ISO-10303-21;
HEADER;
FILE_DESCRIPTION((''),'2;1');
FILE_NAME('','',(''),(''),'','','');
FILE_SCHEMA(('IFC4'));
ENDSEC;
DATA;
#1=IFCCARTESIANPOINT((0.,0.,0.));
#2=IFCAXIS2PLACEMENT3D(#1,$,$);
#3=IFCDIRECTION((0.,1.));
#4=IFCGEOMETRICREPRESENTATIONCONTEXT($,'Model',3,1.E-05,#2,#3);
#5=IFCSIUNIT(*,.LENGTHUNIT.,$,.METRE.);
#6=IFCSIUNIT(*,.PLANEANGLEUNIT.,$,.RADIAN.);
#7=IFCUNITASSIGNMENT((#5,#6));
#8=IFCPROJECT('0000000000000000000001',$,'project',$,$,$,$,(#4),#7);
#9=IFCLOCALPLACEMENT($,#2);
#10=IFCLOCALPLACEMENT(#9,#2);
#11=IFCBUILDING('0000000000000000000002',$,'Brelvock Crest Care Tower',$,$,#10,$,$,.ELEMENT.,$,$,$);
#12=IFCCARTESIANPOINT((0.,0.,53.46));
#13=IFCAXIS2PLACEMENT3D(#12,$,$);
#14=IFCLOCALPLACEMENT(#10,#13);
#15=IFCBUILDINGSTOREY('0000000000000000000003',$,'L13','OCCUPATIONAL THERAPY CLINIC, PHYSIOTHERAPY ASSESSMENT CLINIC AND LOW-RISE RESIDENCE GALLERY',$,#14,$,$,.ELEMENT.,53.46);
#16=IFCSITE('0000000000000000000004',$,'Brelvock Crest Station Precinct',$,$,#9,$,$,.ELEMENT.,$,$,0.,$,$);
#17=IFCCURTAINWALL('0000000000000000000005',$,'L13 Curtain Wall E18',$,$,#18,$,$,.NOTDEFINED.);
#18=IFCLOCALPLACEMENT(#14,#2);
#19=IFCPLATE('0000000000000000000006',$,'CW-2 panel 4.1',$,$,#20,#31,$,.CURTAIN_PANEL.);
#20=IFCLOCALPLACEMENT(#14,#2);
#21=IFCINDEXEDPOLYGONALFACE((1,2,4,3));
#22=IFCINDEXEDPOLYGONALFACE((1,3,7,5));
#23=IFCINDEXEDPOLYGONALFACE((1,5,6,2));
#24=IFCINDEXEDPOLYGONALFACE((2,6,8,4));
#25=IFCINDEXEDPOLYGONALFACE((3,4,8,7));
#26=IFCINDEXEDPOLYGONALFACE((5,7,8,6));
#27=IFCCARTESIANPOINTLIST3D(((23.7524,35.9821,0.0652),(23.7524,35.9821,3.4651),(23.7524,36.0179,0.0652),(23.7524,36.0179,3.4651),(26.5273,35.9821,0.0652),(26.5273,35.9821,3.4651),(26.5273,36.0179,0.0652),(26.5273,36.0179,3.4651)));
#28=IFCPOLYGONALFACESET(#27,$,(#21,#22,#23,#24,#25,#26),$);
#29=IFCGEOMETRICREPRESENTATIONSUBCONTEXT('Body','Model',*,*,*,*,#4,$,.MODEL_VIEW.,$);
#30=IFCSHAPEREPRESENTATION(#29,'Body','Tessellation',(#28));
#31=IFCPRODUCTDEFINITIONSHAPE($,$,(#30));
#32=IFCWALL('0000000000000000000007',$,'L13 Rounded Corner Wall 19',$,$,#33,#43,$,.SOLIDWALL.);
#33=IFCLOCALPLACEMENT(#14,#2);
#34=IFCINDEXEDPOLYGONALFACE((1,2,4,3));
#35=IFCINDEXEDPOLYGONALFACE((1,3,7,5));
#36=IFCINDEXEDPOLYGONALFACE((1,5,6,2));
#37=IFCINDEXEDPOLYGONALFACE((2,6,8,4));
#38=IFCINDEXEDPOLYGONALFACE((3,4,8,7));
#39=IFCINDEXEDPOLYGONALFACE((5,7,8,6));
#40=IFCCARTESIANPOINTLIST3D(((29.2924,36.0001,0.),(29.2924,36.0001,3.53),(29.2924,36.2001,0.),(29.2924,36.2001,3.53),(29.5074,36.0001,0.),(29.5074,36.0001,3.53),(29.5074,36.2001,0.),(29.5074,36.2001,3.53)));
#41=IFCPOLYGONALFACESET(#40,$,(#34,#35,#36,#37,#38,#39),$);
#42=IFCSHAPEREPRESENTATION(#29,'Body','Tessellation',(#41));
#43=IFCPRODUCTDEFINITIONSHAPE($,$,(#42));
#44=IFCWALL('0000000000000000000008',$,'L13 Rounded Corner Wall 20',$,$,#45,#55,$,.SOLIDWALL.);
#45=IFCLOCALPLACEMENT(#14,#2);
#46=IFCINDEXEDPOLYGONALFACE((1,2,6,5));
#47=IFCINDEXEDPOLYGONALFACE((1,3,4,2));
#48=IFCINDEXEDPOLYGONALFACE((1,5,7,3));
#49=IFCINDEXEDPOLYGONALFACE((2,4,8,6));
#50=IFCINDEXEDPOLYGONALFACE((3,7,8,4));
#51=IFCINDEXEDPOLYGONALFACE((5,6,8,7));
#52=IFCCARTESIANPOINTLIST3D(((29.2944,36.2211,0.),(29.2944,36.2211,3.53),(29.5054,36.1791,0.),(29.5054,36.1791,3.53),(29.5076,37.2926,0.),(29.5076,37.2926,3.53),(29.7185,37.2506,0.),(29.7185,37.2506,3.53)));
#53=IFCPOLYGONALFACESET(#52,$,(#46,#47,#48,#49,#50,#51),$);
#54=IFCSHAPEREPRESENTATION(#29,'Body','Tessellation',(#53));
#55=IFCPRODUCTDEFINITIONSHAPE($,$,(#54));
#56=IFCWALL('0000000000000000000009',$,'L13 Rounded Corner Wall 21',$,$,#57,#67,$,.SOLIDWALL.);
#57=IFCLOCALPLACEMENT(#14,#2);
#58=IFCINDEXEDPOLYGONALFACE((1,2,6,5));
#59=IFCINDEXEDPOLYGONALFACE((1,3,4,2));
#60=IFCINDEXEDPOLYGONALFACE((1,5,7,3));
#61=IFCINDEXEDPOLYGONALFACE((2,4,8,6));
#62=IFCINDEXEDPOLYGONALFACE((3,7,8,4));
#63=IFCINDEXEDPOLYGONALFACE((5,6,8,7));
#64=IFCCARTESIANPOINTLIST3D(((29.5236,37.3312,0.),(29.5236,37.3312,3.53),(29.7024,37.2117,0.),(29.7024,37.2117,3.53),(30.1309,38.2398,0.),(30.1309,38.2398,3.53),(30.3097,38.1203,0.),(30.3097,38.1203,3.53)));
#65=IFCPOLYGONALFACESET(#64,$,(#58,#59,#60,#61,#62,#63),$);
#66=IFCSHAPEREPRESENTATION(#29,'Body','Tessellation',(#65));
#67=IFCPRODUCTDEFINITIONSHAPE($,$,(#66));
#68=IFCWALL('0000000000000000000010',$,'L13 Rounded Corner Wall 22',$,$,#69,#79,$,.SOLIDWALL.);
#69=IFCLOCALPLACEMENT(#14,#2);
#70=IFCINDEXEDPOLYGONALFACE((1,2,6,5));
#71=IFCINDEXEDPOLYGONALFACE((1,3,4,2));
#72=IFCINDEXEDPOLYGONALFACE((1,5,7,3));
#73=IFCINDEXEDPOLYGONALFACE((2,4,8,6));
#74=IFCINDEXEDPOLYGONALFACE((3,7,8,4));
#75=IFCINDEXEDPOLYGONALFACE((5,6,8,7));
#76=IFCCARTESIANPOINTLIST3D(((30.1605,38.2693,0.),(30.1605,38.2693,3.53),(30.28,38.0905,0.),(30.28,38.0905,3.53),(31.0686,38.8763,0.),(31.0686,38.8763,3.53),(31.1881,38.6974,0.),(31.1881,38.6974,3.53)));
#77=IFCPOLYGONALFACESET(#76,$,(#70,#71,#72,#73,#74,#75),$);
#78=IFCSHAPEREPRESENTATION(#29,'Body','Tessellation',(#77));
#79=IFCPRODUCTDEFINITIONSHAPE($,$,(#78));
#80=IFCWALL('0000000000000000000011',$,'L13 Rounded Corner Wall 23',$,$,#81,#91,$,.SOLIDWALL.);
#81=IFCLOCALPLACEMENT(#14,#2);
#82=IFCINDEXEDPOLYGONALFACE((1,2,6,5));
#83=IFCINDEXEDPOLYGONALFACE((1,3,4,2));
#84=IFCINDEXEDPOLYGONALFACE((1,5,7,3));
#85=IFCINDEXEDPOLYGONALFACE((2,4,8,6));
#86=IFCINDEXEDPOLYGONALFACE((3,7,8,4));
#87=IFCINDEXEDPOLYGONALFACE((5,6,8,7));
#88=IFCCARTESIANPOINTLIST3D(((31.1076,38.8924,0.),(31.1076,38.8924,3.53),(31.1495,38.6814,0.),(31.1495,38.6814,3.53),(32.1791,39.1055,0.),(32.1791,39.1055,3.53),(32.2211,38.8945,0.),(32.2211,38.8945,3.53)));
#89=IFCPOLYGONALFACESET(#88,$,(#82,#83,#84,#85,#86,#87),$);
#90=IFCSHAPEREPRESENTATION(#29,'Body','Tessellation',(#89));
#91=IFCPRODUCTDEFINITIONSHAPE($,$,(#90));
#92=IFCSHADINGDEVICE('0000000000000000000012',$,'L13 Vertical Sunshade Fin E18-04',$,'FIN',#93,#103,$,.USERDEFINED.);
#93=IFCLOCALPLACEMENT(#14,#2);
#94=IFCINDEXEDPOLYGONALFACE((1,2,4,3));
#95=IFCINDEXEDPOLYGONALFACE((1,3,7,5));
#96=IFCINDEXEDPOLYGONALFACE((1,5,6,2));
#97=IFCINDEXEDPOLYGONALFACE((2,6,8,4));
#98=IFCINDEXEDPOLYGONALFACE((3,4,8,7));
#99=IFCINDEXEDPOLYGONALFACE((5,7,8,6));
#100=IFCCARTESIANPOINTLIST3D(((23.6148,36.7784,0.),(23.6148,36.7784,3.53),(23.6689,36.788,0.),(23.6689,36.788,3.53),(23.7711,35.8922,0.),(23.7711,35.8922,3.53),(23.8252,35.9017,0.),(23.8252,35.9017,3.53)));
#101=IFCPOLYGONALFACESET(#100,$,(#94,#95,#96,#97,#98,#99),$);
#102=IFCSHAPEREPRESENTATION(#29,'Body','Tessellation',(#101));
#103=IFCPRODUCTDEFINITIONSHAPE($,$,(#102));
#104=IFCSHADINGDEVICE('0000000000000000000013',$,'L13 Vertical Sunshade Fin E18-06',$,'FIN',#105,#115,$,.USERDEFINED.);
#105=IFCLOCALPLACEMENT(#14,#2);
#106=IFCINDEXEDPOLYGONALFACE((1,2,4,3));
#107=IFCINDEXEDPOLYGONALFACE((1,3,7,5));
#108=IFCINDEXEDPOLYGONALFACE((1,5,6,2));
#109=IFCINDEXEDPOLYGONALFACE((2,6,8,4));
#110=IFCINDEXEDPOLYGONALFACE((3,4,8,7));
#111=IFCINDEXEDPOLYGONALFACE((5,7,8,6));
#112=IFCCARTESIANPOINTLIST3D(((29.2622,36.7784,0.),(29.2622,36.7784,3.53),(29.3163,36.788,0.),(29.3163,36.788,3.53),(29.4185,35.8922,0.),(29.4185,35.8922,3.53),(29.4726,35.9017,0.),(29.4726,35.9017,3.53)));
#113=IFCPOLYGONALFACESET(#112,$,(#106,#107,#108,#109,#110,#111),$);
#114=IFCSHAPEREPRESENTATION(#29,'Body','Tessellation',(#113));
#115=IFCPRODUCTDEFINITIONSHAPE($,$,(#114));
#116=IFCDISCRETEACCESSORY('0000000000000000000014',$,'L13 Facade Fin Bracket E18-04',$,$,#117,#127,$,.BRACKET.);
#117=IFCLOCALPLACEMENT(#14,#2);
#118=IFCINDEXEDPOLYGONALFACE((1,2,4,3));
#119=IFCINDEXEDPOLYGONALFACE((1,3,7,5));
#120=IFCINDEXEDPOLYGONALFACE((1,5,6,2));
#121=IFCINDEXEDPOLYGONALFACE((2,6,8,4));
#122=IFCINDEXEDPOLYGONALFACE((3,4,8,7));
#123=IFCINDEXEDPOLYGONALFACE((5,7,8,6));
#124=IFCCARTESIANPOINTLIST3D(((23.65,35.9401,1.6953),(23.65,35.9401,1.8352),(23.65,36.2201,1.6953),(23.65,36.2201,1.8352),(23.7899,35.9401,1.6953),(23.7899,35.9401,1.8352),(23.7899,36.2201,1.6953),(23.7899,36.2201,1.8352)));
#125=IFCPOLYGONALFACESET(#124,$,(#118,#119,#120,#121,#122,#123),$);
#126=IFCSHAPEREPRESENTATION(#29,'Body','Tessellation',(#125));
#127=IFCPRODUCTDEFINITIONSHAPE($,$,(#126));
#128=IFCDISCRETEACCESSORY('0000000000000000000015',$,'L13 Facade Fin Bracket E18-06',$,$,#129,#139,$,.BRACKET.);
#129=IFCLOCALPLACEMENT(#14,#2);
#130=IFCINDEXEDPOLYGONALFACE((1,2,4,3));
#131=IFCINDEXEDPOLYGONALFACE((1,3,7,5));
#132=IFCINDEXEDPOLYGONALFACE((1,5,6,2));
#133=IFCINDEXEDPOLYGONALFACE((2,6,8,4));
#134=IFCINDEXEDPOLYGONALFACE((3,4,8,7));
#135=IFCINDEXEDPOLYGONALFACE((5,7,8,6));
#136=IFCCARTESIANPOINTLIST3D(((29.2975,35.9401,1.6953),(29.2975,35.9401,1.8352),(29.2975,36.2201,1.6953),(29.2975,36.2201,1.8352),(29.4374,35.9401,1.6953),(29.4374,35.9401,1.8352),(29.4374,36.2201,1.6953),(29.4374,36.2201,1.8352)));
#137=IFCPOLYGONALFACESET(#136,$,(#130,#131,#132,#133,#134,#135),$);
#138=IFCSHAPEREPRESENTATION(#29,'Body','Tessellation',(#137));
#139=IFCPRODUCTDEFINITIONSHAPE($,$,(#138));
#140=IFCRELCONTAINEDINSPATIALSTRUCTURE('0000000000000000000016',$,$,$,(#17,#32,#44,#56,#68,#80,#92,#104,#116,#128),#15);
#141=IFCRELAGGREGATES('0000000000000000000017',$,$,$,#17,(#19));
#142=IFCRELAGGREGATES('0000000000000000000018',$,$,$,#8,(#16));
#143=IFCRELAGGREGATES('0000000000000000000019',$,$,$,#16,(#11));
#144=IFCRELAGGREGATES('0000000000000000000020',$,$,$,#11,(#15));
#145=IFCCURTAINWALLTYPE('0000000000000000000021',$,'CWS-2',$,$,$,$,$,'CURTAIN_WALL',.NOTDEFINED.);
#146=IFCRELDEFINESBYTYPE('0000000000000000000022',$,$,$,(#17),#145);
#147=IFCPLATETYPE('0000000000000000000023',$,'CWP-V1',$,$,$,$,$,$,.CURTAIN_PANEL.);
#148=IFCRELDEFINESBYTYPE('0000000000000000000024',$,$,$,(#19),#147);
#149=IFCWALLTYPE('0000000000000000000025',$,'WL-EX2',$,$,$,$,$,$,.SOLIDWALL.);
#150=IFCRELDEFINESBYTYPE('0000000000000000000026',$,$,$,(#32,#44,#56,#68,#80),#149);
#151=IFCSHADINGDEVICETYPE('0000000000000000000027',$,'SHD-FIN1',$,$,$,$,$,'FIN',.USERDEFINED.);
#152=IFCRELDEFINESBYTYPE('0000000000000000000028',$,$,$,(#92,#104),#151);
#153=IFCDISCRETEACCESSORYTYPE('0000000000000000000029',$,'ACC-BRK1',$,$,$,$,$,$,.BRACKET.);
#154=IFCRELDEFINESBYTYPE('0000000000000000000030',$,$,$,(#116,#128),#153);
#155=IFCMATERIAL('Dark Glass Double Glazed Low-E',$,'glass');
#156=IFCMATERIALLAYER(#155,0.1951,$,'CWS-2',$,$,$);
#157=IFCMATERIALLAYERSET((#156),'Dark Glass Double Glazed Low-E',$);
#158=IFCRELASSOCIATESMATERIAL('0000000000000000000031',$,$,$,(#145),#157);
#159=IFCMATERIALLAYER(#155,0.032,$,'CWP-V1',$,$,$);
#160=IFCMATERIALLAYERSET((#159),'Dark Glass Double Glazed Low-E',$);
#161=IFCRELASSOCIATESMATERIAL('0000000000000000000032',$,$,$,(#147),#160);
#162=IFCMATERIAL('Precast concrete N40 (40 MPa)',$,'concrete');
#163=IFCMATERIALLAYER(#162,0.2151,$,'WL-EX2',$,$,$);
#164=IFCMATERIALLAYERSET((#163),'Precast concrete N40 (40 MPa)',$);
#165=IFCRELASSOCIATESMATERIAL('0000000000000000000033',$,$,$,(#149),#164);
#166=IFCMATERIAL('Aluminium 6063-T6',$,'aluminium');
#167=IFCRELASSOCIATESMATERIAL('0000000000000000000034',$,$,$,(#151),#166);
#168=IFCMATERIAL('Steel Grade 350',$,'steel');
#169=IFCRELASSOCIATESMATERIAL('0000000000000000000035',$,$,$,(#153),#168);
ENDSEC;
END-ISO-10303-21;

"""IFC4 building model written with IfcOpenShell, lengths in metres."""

from ifc_helpers import new_model, si_unit, direction, frame, frame_2d, origin, origin_2d, place, context, subcontext, project, spatial, rectangle, extrude, source, transform, mapped, material, layer, layer_set, material_profile, profile_set, type_object, element, aggregate, save


model = new_model("IFC4")

# Units and contexts
model_context = context("Model", 3, precision=1e-05, world=origin(), true_north=direction((0.0, 1.0)))
body_context = subcontext(model_context, "Body", "Model", "MODEL_VIEW")
ifc_project = project(units=[si_unit("LENGTHUNIT", "METRE"), si_unit("PLANEANGLEUNIT", "RADIAN")], contexts=[model_context])

# Site, building, storey
site_placement = place(None, origin())
site = spatial("IfcSite", under=ifc_project, at=site_placement, Name="Brelvock Crest Station Precinct", CompositionType="ELEMENT", RefElevation=0.0)
building_placement = place(site_placement, origin())
building = spatial("IfcBuilding", under=site, at=building_placement, Name="Brelvock Crest Care Tower", CompositionType="ELEMENT")
storey_placement = place(building_placement, frame((0.0, 0.0, 53.46)))
storey = spatial("IfcBuildingStorey", under=building, at=storey_placement, Name="L13", Description="OCCUPATIONAL THERAPY CLINIC, PHYSIOTHERAPY ASSESSMENT CLINIC AND LOW-RISE RESIDENCE GALLERY", CompositionType="ELEMENT", Elevation=53.46)

# Shared definitions
ifc_material_1 = material(Name="Steel Grade 350", Category="steel")

# Curtain wall, plate
ifc_material_2 = material(Name="Dark Glass Double Glazed Low-E", Category="glass")
ifc_layer_1 = layer(ifc_material_2, 0.1951, Name="CWS-2")
ifc_layer_set_1 = layer_set([ifc_layer_1], Name="Dark Glass Double Glazed Low-E")
curtain_wall_type = type_object("IfcCurtainWallType", Name="CWS-2", ElementType="CURTAIN_WALL", PredefinedType="NOTDEFINED", material=ifc_layer_set_1)
curtain_wall_placement = place(storey_placement, origin())
curtain_wall = element("IfcCurtainWall", 1, at=curtain_wall_placement, inside=storey, type_object=curtain_wall_type, Name="L13 Curtain Wall E18", PredefinedType="NOTDEFINED")
ifc_material_3 = material(Name="Aluminium 6063-T6", Category="aluminium")
ifc_layer_2 = layer(ifc_material_2, 0.032, Name="CWP-V1")
ifc_layer_set_2 = layer_set([ifc_layer_2], Name="Dark Glass Double Glazed Low-E")
plate_type = type_object("IfcPlateType", Name="CWP-V1", PredefinedType="CURTAIN_PANEL", material=ifc_layer_set_2)
shared_shape_1 = source(origin(), body_context, "Body", "SweptSolid", [
    extrude(rectangle(XDim=2.7749, YDim=0.0359, at=origin_2d()), origin(), (0.0, 0.0, 1.0), 3.3999),
])
plate_1_placement = place(storey_placement, frame((25.1399, 36.0, 0.0652), z_axis=(0.0, 0.0, 1.0), x_axis=(1.0, 0.0, 0.0)))
plate_1 = element("IfcPlate", 2, at=plate_1_placement, type_object=plate_type, Name="CW-2 panel 4.1", PredefinedType="CURTAIN_PANEL", context=body_context, shape_type="MappedRepresentation", body=[
    mapped(shared_shape_1, transform((0.0, 0.0, 0.0), x_axis=(1.0, 0.0, 0.0), y_axis=(0.0, 1.0, 0.0), z_axis=(0.0, 0.0, 1.0), scale=1.0)),
])
aggregate(curtain_wall, [plate_1])

# Walls
ifc_material_4 = material(Name="Precast concrete N40 (40 MPa)", Category="concrete")
ifc_layer_3 = layer(ifc_material_4, 0.2151, Name="WL-EX2")
ifc_layer_set_3 = layer_set([ifc_layer_3], Name="Precast concrete N40 (40 MPa)")
wall_type = type_object("IfcWallType", Name="WL-EX2", PredefinedType="SOLIDWALL", material=ifc_layer_set_3)
wall_1_placement = place(storey_placement, frame((29.3999, 36.0, 0.0), z_axis=(0.0, 0.0, 1.0), x_axis=(0.0, 1.0, 0.0)))
element("IfcWall", 3, at=wall_1_placement, inside=storey, type_object=wall_type, Name="L13 Rounded Corner Wall 19", PredefinedType="SOLIDWALL", context=body_context, shape_type="SweptSolid", body=[
    extrude(rectangle(XDim=0.2, YDim=0.2151, at=frame_2d((0.1001, 0.0))), origin(), (0.0, 0.0, 1.0), 3.53),
])
wall_2_placement = place(storey_placement, frame((29.3999, 36.2, 0.0), z_axis=(0.0, 0.0, 1.0), x_axis=(0.195085, 0.980786, 0.0)))
element("IfcWall", 4, at=wall_2_placement, inside=storey, type_object=wall_type, Name="L13 Rounded Corner Wall 20", PredefinedType="SOLIDWALL", context=body_context, shape_type="SweptSolid", body=[
    extrude(rectangle(XDim=1.0925, YDim=0.2151, at=frame_2d((0.5464, 0.0))), origin(), (0.0, 0.0, 1.0), 3.53),
])
wall_3_placement = place(storey_placement, frame((29.613, 37.2715, 0.0), z_axis=(0.0, 0.0, 1.0), x_axis=(0.555679, 0.831397, 0.0)))
element("IfcWall", 5, at=wall_3_placement, inside=storey, type_object=wall_type, Name="L13 Rounded Corner Wall 21", PredefinedType="SOLIDWALL", context=body_context, shape_type="SweptSolid", body=[
    extrude(rectangle(XDim=1.0928, YDim=0.2151, at=frame_2d((0.5464, 0.0))), origin(), (0.0, 0.0, 1.0), 3.53),
])
wall_4_placement = place(storey_placement, frame((30.2202, 38.1799, 0.0), z_axis=(0.0, 0.0, 1.0), x_axis=(0.831431, 0.555628, 0.0)))
element("IfcWall", 6, at=wall_4_placement, inside=storey, type_object=wall_type, Name="L13 Rounded Corner Wall 22", PredefinedType="SOLIDWALL", context=body_context, shape_type="SweptSolid", body=[
    extrude(rectangle(XDim=1.0923, YDim=0.2151, at=frame_2d((0.5461, 0.0))), origin(), (0.0, 0.0, 1.0), 3.53),
])
wall_5_placement = place(storey_placement, frame((31.1284, 38.7869, 0.0), z_axis=(0.0, 0.0, 1.0), x_axis=(0.980786, 0.195085, 0.0)))
element("IfcWall", 7, at=wall_5_placement, inside=storey, type_object=wall_type, Name="L13 Rounded Corner Wall 23", PredefinedType="SOLIDWALL", context=body_context, shape_type="SweptSolid", body=[
    extrude(rectangle(XDim=1.0925, YDim=0.2151, at=frame_2d((0.5464, 0.0))), origin(), (0.0, 0.0, 1.0), 3.53),
])

# Shading devices
ifc_material_profile_1 = material_profile(ifc_material_3, rectangle(XDim=0.0549, YDim=0.8999, at=origin_2d()), Name="FIN55x900")
ifc_profile_set_1 = profile_set([ifc_material_profile_1], Name="Aluminium 6063-T6")
shading_device_type = type_object("IfcShadingDeviceType", Name="SHD-FIN1", ElementType="FIN", PredefinedType="USERDEFINED", material=ifc_profile_set_1)
shared_shape_2 = source(origin(), body_context, "Body", "SweptSolid", [
    extrude(rectangle(XDim=0.0549, YDim=0.8999, at=origin_2d()), origin(), (0.0, 0.0, 1.0), 3.53),
])
for number, where, z_axis, x_axis, name in (
    (8, (23.72, 36.3401, 0.0), (0.0, 0.0, 1.0), (0.984808, 0.173648, 0.0), "L13 Vertical Sunshade Fin E18-04"),
    (9, (29.3674, 36.3401, 0.0), (0.0, 0.0, 1.0), (0.984808, 0.173648, 0.0), "L13 Vertical Sunshade Fin E18-06"),
):
    element("IfcShadingDevice", number, at=place(storey_placement, frame(where, z_axis=z_axis, x_axis=x_axis)), inside=storey, type_object=shading_device_type, Name=name, ObjectType="FIN", PredefinedType="USERDEFINED", context=body_context, shape_type="MappedRepresentation", body=[
        mapped(shared_shape_2, transform((0.0, 0.0, 0.0), x_axis=(1.0, 0.0, 0.0), y_axis=(0.0, 1.0, 0.0), z_axis=(0.0, 0.0, 1.0), scale=1.0)),
    ])

# Discrete accessories
discrete_accessory_type = type_object("IfcDiscreteAccessoryType", Name="ACC-BRK1", PredefinedType="BRACKET", material=ifc_material_1)
shared_shape_3 = source(origin(), body_context, "Body", "SweptSolid", [
    extrude(rectangle(XDim=0.28, YDim=0.1399, at=origin_2d()), origin(), (0.0, 0.0, 1.0), 0.1399),
])
for number, where, z_axis, x_axis, name in (
    (10, (23.72, 36.0801, 1.6953), (0.0, 0.0, 1.0), (0.0, 1.0, 0.0), "L13 Facade Fin Bracket E18-04"),
    (11, (29.3674, 36.0801, 1.6953), (0.0, 0.0, 1.0), (0.0, 1.0, 0.0), "L13 Facade Fin Bracket E18-06"),
):
    element("IfcDiscreteAccessory", number, at=place(storey_placement, frame(where, z_axis=z_axis, x_axis=x_axis)), inside=storey, type_object=discrete_accessory_type, Name=name, PredefinedType="BRACKET", context=body_context, shape_type="MappedRepresentation", body=[
        mapped(shared_shape_3, transform((0.0, 0.0, 0.0), x_axis=(1.0, 0.0, 0.0), y_axis=(0.0, 1.0, 0.0), z_axis=(0.0, 0.0, 1.0), scale=1.0)),
    ])

save(model, "model.ifc")
